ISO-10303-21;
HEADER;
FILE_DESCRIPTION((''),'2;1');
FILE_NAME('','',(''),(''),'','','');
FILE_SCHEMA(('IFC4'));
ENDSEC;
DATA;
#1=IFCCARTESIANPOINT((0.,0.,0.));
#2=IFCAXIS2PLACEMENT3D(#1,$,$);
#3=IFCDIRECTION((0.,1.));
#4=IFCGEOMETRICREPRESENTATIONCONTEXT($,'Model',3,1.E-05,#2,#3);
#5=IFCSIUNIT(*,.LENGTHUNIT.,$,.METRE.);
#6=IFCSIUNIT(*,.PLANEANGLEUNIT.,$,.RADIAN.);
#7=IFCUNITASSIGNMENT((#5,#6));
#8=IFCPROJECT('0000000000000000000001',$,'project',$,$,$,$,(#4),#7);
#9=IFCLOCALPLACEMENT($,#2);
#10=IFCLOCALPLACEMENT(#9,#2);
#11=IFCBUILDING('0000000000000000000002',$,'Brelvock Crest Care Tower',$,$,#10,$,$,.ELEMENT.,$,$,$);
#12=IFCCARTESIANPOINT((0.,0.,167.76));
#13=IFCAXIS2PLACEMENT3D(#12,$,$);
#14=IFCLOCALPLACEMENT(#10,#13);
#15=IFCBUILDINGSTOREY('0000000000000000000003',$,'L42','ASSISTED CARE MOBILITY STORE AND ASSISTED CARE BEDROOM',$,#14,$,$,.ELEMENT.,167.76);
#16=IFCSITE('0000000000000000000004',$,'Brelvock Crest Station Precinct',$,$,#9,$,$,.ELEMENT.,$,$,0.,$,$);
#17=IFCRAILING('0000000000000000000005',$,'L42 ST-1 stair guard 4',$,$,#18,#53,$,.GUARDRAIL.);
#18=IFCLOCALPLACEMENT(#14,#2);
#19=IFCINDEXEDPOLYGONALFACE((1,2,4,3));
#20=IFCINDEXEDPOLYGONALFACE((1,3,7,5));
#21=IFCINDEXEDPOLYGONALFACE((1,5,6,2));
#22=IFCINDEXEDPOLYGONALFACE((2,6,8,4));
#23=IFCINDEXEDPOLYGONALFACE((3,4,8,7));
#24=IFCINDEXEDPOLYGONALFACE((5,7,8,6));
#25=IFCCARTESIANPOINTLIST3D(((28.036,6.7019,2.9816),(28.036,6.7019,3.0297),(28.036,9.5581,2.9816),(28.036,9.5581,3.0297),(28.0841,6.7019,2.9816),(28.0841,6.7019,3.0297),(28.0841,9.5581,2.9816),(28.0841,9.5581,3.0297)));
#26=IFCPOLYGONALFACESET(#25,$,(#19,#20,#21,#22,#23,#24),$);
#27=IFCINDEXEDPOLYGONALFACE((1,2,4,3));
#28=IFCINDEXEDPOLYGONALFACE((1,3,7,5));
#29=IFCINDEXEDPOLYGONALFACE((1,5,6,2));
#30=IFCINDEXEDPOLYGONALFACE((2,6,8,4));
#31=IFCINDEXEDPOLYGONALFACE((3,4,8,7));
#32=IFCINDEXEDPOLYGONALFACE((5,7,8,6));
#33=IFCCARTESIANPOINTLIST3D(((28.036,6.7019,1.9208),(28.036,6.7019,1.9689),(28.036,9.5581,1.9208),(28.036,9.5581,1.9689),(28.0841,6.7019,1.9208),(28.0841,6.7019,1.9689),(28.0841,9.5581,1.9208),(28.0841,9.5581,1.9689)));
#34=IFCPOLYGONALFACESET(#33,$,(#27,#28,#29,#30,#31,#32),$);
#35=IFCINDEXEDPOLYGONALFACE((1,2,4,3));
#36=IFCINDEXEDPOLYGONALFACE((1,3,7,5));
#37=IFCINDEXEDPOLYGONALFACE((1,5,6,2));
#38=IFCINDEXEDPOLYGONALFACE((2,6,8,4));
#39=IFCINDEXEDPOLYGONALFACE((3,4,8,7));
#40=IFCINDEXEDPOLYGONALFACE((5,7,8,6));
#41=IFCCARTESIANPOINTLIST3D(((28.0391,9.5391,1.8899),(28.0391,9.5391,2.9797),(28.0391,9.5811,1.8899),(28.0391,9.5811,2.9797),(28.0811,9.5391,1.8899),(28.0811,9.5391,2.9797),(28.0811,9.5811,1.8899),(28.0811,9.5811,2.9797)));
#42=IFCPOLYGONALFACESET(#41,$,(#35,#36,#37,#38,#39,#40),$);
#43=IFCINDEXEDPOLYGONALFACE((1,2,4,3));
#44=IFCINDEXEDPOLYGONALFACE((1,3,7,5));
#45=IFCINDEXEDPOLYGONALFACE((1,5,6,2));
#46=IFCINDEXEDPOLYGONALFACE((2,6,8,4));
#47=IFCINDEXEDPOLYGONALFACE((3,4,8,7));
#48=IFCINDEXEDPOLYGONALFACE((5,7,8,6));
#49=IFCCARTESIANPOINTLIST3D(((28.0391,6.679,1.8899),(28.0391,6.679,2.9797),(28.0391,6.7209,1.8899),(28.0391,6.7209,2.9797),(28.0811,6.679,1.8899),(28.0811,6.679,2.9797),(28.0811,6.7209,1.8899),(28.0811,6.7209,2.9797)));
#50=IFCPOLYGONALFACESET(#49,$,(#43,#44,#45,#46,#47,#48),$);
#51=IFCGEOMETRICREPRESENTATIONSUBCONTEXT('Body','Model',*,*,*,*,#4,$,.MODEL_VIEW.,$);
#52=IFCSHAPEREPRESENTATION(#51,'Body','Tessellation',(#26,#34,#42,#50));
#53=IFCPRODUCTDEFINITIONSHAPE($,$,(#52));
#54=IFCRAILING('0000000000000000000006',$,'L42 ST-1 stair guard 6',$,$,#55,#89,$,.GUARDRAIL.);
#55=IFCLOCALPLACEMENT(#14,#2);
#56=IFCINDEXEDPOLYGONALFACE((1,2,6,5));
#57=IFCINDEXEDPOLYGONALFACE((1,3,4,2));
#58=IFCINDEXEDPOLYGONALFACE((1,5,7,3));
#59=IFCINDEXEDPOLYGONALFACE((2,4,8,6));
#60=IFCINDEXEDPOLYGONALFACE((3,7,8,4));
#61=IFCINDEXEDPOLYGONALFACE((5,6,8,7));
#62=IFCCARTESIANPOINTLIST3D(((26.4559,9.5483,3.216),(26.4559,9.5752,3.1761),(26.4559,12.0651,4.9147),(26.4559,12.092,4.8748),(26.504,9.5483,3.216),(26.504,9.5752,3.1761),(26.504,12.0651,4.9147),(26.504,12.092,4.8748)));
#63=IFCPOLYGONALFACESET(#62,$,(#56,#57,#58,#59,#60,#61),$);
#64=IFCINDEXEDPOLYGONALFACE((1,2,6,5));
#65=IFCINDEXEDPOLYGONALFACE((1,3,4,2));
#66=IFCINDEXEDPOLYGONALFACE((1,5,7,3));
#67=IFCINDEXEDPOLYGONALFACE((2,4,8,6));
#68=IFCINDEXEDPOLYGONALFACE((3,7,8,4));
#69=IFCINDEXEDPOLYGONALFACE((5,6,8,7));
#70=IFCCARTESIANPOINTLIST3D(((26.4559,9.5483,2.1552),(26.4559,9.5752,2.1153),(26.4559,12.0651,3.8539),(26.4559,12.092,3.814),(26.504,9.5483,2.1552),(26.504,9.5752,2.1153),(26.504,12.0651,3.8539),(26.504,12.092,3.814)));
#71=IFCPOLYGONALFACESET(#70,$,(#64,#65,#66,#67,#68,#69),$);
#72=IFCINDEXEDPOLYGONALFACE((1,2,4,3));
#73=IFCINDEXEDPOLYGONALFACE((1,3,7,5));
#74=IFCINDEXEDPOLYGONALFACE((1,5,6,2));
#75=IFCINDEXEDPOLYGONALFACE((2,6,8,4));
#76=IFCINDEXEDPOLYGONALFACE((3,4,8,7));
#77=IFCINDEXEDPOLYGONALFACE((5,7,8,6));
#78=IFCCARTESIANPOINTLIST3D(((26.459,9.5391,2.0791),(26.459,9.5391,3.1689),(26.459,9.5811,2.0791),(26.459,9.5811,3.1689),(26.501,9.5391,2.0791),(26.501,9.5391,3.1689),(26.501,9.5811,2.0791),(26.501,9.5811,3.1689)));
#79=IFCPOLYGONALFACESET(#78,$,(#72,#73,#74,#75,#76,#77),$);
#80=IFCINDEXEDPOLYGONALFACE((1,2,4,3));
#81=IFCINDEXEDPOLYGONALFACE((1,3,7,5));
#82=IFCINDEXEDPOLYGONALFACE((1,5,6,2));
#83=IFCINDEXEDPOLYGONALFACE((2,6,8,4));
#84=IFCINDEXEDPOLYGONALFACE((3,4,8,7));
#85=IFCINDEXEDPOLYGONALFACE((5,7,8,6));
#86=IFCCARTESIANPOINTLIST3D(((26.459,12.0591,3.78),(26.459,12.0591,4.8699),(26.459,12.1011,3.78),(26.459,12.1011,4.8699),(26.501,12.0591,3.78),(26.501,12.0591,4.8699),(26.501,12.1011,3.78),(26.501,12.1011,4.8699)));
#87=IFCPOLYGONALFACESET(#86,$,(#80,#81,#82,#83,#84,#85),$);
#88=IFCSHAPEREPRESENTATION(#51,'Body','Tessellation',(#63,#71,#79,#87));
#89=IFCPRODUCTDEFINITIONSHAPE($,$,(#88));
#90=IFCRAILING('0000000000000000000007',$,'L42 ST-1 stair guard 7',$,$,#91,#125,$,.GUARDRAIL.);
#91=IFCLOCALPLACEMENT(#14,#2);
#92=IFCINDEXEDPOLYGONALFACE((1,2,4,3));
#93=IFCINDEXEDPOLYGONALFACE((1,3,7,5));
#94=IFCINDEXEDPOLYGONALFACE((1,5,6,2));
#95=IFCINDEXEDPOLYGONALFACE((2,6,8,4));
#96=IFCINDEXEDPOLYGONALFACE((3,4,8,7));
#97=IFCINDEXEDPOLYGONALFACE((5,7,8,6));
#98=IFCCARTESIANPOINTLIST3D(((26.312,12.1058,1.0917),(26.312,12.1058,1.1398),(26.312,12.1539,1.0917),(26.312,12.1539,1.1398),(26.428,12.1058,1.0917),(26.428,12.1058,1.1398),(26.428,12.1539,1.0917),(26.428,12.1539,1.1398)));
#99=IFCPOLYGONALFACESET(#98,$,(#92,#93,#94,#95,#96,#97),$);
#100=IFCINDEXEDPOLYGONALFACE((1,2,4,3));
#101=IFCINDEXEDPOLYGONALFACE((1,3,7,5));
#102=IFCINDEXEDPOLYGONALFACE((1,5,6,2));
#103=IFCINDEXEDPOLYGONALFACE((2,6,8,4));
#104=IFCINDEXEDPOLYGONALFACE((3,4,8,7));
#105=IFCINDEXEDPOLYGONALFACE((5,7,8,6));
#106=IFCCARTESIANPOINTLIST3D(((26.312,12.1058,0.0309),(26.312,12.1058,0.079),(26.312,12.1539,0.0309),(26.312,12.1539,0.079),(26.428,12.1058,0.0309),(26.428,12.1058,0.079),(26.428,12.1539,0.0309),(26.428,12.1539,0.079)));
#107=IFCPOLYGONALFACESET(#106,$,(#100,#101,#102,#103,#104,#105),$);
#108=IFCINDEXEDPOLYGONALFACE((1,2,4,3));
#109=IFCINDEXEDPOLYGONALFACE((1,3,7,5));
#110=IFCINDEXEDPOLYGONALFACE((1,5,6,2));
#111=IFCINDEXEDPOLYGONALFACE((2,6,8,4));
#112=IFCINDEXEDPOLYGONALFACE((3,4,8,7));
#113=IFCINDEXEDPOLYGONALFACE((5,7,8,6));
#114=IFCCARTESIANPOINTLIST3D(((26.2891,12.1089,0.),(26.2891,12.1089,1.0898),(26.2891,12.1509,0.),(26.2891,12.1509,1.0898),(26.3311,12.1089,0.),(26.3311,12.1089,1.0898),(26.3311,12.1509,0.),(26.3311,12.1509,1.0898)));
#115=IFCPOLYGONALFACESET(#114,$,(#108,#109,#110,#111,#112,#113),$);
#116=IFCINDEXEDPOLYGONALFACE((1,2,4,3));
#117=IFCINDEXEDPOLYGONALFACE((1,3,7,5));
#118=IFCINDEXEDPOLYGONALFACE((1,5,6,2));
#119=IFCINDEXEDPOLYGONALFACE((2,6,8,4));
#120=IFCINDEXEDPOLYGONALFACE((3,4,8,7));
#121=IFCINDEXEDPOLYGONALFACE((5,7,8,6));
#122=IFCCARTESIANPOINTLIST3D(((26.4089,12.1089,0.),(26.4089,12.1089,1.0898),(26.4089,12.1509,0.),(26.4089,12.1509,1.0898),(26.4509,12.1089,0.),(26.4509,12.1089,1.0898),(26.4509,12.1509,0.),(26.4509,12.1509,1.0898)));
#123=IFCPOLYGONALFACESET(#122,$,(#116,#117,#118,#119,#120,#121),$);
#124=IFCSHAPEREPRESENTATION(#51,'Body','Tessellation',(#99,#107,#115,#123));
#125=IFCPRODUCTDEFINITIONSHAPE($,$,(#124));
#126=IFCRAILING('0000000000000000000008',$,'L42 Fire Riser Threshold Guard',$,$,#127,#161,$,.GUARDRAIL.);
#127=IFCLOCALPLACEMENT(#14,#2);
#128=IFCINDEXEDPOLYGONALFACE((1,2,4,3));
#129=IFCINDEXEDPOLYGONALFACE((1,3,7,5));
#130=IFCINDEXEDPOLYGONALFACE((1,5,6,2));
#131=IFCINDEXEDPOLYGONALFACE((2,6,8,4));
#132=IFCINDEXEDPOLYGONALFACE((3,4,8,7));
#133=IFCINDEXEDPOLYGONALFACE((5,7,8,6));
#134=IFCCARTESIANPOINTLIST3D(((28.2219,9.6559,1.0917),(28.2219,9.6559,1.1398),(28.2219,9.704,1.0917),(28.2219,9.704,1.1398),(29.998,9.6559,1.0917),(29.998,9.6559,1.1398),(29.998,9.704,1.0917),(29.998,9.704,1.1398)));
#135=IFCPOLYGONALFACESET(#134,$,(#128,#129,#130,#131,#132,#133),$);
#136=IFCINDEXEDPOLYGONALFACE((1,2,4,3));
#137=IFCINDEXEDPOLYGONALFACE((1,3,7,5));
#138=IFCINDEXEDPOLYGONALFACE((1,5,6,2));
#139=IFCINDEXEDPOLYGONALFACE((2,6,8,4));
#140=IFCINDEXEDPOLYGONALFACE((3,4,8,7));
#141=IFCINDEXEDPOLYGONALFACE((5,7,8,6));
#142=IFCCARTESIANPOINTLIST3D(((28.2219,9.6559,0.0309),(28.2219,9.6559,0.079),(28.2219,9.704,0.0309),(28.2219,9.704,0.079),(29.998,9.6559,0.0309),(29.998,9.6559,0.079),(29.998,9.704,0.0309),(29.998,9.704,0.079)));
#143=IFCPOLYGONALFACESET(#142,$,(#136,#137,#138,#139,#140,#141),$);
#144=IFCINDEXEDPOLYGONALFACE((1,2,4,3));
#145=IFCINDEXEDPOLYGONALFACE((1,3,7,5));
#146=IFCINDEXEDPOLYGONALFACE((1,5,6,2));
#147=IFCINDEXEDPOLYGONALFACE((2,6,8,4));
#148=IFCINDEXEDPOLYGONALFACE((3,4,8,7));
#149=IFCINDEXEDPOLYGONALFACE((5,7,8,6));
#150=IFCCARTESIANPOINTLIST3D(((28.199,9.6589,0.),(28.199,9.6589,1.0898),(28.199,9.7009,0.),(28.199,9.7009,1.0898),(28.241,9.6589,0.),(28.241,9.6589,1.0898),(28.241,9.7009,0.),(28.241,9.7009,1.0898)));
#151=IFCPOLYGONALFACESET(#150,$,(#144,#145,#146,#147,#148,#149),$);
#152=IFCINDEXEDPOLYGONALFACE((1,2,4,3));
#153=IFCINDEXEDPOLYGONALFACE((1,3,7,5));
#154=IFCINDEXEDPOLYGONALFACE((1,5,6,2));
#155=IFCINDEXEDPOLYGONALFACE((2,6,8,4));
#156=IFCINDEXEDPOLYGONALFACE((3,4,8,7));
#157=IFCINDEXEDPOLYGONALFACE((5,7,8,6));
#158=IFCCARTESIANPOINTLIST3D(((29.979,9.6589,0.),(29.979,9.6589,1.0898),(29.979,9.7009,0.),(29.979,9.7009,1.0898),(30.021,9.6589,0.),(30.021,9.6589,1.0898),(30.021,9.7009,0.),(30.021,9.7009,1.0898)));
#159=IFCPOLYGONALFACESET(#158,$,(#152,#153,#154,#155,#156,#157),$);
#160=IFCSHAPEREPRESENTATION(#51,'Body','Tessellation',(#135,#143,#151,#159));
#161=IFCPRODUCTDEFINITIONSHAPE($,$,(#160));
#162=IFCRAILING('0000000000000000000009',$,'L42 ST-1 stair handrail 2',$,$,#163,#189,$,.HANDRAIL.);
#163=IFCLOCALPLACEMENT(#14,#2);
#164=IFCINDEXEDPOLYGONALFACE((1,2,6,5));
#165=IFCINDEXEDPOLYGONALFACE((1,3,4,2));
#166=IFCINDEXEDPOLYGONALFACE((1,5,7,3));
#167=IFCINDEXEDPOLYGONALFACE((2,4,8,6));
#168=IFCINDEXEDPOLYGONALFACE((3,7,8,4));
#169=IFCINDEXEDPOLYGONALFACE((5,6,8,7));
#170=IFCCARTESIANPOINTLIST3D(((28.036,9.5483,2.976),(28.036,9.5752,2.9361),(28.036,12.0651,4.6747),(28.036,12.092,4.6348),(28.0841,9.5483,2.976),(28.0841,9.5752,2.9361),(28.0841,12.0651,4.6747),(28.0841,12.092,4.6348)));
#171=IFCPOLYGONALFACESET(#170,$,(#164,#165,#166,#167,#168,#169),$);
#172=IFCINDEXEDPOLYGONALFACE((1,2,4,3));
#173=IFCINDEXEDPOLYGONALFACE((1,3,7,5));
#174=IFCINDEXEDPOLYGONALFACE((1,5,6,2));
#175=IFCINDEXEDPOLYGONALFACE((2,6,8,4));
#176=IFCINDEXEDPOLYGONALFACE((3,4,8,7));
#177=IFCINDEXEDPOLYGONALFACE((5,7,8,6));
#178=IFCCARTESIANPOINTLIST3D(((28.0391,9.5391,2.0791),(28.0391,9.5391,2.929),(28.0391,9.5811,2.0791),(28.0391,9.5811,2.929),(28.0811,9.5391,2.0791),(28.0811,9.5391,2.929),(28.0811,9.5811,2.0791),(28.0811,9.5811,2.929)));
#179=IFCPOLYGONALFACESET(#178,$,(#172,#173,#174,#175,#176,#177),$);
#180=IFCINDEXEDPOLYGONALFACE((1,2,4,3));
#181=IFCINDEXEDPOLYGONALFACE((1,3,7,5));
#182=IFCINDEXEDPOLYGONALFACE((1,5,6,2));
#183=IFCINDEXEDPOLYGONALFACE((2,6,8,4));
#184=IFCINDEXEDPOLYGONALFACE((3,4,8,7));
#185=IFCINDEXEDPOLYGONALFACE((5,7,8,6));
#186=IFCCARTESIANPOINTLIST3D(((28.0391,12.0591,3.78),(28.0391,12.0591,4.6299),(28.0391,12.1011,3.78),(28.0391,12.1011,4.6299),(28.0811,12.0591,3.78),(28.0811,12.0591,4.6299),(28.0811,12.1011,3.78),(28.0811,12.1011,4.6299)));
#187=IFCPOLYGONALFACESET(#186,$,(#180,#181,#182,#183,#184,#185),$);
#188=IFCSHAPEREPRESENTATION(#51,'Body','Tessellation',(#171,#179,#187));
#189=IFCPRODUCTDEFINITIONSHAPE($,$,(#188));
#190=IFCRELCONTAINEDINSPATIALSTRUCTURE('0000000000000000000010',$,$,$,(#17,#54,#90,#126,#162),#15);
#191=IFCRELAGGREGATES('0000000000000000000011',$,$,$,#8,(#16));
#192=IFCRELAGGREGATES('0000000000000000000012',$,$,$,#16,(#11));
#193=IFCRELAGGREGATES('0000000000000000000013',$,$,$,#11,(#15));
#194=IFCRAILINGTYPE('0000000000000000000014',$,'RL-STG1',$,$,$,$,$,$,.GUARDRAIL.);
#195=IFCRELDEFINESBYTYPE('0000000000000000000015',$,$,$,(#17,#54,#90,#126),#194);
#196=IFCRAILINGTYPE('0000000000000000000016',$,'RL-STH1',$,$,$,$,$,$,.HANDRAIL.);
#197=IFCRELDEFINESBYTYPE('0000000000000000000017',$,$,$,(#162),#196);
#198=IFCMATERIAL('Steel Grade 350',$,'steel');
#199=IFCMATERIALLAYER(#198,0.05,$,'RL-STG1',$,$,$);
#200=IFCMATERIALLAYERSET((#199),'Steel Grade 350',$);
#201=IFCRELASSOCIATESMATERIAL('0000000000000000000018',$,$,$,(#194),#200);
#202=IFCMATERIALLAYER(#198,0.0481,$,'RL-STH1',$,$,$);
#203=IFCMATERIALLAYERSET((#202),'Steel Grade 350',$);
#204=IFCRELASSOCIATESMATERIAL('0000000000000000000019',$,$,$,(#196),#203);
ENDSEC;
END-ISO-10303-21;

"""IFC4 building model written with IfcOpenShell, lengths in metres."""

from ifc_helpers import new_model, si_unit, direction, frame, origin, origin_2d, place, context, subcontext, project, spatial, rectangle, extrude, material, layer, layer_set, type_object, element, save


model = new_model("IFC4")

# Units and contexts
model_context = context("Model", 3, precision=1e-05, world=origin(), true_north=direction((0.0, 1.0)))
body_context = subcontext(model_context, "Body", "Model", "MODEL_VIEW")
ifc_project = project(units=[si_unit("LENGTHUNIT", "METRE"), si_unit("PLANEANGLEUNIT", "RADIAN")], contexts=[model_context])

# Site, building, storey
site_placement = place(None, origin())
site = spatial("IfcSite", under=ifc_project, at=site_placement, Name="Brelvock Crest Station Precinct", CompositionType="ELEMENT", RefElevation=0.0)
building_placement = place(site_placement, origin())
building = spatial("IfcBuilding", under=site, at=building_placement, Name="Brelvock Crest Care Tower", CompositionType="ELEMENT")
storey_placement = place(building_placement, frame((0.0, 0.0, 167.76)))
storey = spatial("IfcBuildingStorey", under=building, at=storey_placement, Name="L42", Description="ASSISTED CARE MOBILITY STORE AND ASSISTED CARE BEDROOM", CompositionType="ELEMENT", Elevation=167.76)

# Shared definitions
ifc_material_1 = material(Name="Steel Grade 350", Category="steel")

# Railings
ifc_layer_1 = layer(ifc_material_1, 0.05, Name="RL-STG1")
ifc_layer_set_1 = layer_set([ifc_layer_1], Name="Steel Grade 350")
railing_type_1 = type_object("IfcRailingType", Name="RL-STG1", PredefinedType="GUARDRAIL", material=ifc_layer_set_1)
railing_1_placement = place(storey_placement, frame((28.0601, 9.5601, 1.8899)))
element("IfcRailing", 1, at=railing_1_placement, inside=storey, type_object=railing_type_1, Name="L42 ST-1 stair guard 4", PredefinedType="GUARDRAIL", context=body_context, shape_type="SweptSolid", body=[
    extrude(rectangle(XDim=0.0481, YDim=0.0481, at=origin_2d()), frame((0.0, -0.002, 1.1157), z_axis=(0.0, -1.0, 0.0), x_axis=(1.0, 0.0, 0.0)), (0.0, 0.0, 1.0), 2.8562),
    extrude(rectangle(XDim=0.0481, YDim=0.0481, at=origin_2d()), frame((0.0, -0.002, 0.0549), z_axis=(0.0, -1.0, 0.0), x_axis=(1.0, 0.0, 0.0)), (0.0, 0.0, 1.0), 2.8562),
    extrude(rectangle(XDim=0.042, YDim=0.042, at=origin_2d()), origin(), (0.0, 0.0, 1.0), 1.0898),
    extrude(rectangle(XDim=0.042, YDim=0.042, at=origin_2d()), frame((0.0, -2.8601, 0.0)), (0.0, 0.0, 1.0), 1.0898),
])
railing_2_placement = place(storey_placement, frame((26.48, 9.5601, 2.0791)))
element("IfcRailing", 2, at=railing_2_placement, inside=storey, type_object=railing_type_1, Name="L42 ST-1 stair guard 6", PredefinedType="GUARDRAIL", context=body_context, shape_type="SweptSolid", body=[
    extrude(rectangle(XDim=0.0481, YDim=0.0481, at=origin_2d()), frame((0.0, 0.0017, 1.1169), z_axis=(0.0, 0.828862, 0.559454), x_axis=(-1.0, 0.0, 0.0)), (0.0, 0.0, 1.0), 3.0364),
    extrude(rectangle(XDim=0.0481, YDim=0.0481, at=origin_2d()), frame((0.0, 0.0017, 0.0562), z_axis=(0.0, 0.828862, 0.559454), x_axis=(-1.0, 0.0, 0.0)), (0.0, 0.0, 1.0), 3.0364),
    extrude(rectangle(XDim=0.042, YDim=0.042, at=origin_2d()), origin(), (0.0, 0.0, 1.0), 1.0898),
    extrude(rectangle(XDim=0.042, YDim=0.042, at=origin_2d()), frame((0.0, 2.52, 1.7009)), (0.0, 0.0, 1.0), 1.0898),
])
railing_3_placement = place(storey_placement, frame((26.3101, 12.1299, 0.0)))
element("IfcRailing", 3, at=railing_3_placement, inside=storey, type_object=railing_type_1, Name="L42 ST-1 stair guard 7", PredefinedType="GUARDRAIL", context=body_context, shape_type="SweptSolid", body=[
    extrude(rectangle(XDim=0.0481, YDim=0.0481, at=origin_2d()), frame((0.002, 0.0, 1.1157), z_axis=(1.0, 0.0, 0.0), x_axis=(0.0, 1.0, 0.0)), (0.0, 0.0, 1.0), 0.116),
    extrude(rectangle(XDim=0.0481, YDim=0.0481, at=origin_2d()), frame((0.002, 0.0, 0.0549), z_axis=(1.0, 0.0, 0.0), x_axis=(0.0, 1.0, 0.0)), (0.0, 0.0, 1.0), 0.116),
    extrude(rectangle(XDim=0.042, YDim=0.042, at=origin_2d()), origin(), (0.0, 0.0, 1.0), 1.0898),
    extrude(rectangle(XDim=0.042, YDim=0.042, at=origin_2d()), frame((0.1199, 0.0, 0.0)), (0.0, 0.0, 1.0), 1.0898),
])
railing_4_placement = place(storey_placement, frame((28.22, 9.6799, 0.0)))
element("IfcRailing", 4, at=railing_4_placement, inside=storey, type_object=railing_type_1, Name="L42 Fire Riser Threshold Guard", PredefinedType="GUARDRAIL", context=body_context, shape_type="SweptSolid", body=[
    extrude(rectangle(XDim=0.0481, YDim=0.0481, at=origin_2d()), frame((0.002, 0.0, 1.1157), z_axis=(1.0, 0.0, 0.0), x_axis=(0.0, 1.0, 0.0)), (0.0, 0.0, 1.0), 1.7761),
    extrude(rectangle(XDim=0.0481, YDim=0.0481, at=origin_2d()), frame((0.002, 0.0, 0.0549), z_axis=(1.0, 0.0, 0.0), x_axis=(0.0, 1.0, 0.0)), (0.0, 0.0, 1.0), 1.7761),
    extrude(rectangle(XDim=0.042, YDim=0.042, at=origin_2d()), origin(), (0.0, 0.0, 1.0), 1.0898),
    extrude(rectangle(XDim=0.042, YDim=0.042, at=origin_2d()), frame((1.78, 0.0, 0.0)), (0.0, 0.0, 1.0), 1.0898),
])
ifc_layer_2 = layer(ifc_material_1, 0.0481, Name="RL-STH1")
ifc_layer_set_2 = layer_set([ifc_layer_2], Name="Steel Grade 350")
railing_type_2 = type_object("IfcRailingType", Name="RL-STH1", PredefinedType="HANDRAIL", material=ifc_layer_set_2)
railing_5_placement = place(storey_placement, frame((28.0601, 9.5601, 2.0791)))
element("IfcRailing", 5, at=railing_5_placement, inside=storey, type_object=railing_type_2, Name="L42 ST-1 stair handrail 2", PredefinedType="HANDRAIL", context=body_context, shape_type="SweptSolid", body=[
    extrude(rectangle(XDim=0.0481, YDim=0.0481, at=origin_2d()), frame((0.0, 0.0017, 0.877), z_axis=(0.0, 0.828862, 0.559454), x_axis=(-1.0, 0.0, 0.0)), (0.0, 0.0, 1.0), 3.0364),
    extrude(rectangle(XDim=0.042, YDim=0.042, at=origin_2d()), origin(), (0.0, 0.0, 1.0), 0.8499),
    extrude(rectangle(XDim=0.042, YDim=0.042, at=origin_2d()), frame((0.0, 2.52, 1.7009)), (0.0, 0.0, 1.0), 0.8499),
])

save(model, "model.ifc")
